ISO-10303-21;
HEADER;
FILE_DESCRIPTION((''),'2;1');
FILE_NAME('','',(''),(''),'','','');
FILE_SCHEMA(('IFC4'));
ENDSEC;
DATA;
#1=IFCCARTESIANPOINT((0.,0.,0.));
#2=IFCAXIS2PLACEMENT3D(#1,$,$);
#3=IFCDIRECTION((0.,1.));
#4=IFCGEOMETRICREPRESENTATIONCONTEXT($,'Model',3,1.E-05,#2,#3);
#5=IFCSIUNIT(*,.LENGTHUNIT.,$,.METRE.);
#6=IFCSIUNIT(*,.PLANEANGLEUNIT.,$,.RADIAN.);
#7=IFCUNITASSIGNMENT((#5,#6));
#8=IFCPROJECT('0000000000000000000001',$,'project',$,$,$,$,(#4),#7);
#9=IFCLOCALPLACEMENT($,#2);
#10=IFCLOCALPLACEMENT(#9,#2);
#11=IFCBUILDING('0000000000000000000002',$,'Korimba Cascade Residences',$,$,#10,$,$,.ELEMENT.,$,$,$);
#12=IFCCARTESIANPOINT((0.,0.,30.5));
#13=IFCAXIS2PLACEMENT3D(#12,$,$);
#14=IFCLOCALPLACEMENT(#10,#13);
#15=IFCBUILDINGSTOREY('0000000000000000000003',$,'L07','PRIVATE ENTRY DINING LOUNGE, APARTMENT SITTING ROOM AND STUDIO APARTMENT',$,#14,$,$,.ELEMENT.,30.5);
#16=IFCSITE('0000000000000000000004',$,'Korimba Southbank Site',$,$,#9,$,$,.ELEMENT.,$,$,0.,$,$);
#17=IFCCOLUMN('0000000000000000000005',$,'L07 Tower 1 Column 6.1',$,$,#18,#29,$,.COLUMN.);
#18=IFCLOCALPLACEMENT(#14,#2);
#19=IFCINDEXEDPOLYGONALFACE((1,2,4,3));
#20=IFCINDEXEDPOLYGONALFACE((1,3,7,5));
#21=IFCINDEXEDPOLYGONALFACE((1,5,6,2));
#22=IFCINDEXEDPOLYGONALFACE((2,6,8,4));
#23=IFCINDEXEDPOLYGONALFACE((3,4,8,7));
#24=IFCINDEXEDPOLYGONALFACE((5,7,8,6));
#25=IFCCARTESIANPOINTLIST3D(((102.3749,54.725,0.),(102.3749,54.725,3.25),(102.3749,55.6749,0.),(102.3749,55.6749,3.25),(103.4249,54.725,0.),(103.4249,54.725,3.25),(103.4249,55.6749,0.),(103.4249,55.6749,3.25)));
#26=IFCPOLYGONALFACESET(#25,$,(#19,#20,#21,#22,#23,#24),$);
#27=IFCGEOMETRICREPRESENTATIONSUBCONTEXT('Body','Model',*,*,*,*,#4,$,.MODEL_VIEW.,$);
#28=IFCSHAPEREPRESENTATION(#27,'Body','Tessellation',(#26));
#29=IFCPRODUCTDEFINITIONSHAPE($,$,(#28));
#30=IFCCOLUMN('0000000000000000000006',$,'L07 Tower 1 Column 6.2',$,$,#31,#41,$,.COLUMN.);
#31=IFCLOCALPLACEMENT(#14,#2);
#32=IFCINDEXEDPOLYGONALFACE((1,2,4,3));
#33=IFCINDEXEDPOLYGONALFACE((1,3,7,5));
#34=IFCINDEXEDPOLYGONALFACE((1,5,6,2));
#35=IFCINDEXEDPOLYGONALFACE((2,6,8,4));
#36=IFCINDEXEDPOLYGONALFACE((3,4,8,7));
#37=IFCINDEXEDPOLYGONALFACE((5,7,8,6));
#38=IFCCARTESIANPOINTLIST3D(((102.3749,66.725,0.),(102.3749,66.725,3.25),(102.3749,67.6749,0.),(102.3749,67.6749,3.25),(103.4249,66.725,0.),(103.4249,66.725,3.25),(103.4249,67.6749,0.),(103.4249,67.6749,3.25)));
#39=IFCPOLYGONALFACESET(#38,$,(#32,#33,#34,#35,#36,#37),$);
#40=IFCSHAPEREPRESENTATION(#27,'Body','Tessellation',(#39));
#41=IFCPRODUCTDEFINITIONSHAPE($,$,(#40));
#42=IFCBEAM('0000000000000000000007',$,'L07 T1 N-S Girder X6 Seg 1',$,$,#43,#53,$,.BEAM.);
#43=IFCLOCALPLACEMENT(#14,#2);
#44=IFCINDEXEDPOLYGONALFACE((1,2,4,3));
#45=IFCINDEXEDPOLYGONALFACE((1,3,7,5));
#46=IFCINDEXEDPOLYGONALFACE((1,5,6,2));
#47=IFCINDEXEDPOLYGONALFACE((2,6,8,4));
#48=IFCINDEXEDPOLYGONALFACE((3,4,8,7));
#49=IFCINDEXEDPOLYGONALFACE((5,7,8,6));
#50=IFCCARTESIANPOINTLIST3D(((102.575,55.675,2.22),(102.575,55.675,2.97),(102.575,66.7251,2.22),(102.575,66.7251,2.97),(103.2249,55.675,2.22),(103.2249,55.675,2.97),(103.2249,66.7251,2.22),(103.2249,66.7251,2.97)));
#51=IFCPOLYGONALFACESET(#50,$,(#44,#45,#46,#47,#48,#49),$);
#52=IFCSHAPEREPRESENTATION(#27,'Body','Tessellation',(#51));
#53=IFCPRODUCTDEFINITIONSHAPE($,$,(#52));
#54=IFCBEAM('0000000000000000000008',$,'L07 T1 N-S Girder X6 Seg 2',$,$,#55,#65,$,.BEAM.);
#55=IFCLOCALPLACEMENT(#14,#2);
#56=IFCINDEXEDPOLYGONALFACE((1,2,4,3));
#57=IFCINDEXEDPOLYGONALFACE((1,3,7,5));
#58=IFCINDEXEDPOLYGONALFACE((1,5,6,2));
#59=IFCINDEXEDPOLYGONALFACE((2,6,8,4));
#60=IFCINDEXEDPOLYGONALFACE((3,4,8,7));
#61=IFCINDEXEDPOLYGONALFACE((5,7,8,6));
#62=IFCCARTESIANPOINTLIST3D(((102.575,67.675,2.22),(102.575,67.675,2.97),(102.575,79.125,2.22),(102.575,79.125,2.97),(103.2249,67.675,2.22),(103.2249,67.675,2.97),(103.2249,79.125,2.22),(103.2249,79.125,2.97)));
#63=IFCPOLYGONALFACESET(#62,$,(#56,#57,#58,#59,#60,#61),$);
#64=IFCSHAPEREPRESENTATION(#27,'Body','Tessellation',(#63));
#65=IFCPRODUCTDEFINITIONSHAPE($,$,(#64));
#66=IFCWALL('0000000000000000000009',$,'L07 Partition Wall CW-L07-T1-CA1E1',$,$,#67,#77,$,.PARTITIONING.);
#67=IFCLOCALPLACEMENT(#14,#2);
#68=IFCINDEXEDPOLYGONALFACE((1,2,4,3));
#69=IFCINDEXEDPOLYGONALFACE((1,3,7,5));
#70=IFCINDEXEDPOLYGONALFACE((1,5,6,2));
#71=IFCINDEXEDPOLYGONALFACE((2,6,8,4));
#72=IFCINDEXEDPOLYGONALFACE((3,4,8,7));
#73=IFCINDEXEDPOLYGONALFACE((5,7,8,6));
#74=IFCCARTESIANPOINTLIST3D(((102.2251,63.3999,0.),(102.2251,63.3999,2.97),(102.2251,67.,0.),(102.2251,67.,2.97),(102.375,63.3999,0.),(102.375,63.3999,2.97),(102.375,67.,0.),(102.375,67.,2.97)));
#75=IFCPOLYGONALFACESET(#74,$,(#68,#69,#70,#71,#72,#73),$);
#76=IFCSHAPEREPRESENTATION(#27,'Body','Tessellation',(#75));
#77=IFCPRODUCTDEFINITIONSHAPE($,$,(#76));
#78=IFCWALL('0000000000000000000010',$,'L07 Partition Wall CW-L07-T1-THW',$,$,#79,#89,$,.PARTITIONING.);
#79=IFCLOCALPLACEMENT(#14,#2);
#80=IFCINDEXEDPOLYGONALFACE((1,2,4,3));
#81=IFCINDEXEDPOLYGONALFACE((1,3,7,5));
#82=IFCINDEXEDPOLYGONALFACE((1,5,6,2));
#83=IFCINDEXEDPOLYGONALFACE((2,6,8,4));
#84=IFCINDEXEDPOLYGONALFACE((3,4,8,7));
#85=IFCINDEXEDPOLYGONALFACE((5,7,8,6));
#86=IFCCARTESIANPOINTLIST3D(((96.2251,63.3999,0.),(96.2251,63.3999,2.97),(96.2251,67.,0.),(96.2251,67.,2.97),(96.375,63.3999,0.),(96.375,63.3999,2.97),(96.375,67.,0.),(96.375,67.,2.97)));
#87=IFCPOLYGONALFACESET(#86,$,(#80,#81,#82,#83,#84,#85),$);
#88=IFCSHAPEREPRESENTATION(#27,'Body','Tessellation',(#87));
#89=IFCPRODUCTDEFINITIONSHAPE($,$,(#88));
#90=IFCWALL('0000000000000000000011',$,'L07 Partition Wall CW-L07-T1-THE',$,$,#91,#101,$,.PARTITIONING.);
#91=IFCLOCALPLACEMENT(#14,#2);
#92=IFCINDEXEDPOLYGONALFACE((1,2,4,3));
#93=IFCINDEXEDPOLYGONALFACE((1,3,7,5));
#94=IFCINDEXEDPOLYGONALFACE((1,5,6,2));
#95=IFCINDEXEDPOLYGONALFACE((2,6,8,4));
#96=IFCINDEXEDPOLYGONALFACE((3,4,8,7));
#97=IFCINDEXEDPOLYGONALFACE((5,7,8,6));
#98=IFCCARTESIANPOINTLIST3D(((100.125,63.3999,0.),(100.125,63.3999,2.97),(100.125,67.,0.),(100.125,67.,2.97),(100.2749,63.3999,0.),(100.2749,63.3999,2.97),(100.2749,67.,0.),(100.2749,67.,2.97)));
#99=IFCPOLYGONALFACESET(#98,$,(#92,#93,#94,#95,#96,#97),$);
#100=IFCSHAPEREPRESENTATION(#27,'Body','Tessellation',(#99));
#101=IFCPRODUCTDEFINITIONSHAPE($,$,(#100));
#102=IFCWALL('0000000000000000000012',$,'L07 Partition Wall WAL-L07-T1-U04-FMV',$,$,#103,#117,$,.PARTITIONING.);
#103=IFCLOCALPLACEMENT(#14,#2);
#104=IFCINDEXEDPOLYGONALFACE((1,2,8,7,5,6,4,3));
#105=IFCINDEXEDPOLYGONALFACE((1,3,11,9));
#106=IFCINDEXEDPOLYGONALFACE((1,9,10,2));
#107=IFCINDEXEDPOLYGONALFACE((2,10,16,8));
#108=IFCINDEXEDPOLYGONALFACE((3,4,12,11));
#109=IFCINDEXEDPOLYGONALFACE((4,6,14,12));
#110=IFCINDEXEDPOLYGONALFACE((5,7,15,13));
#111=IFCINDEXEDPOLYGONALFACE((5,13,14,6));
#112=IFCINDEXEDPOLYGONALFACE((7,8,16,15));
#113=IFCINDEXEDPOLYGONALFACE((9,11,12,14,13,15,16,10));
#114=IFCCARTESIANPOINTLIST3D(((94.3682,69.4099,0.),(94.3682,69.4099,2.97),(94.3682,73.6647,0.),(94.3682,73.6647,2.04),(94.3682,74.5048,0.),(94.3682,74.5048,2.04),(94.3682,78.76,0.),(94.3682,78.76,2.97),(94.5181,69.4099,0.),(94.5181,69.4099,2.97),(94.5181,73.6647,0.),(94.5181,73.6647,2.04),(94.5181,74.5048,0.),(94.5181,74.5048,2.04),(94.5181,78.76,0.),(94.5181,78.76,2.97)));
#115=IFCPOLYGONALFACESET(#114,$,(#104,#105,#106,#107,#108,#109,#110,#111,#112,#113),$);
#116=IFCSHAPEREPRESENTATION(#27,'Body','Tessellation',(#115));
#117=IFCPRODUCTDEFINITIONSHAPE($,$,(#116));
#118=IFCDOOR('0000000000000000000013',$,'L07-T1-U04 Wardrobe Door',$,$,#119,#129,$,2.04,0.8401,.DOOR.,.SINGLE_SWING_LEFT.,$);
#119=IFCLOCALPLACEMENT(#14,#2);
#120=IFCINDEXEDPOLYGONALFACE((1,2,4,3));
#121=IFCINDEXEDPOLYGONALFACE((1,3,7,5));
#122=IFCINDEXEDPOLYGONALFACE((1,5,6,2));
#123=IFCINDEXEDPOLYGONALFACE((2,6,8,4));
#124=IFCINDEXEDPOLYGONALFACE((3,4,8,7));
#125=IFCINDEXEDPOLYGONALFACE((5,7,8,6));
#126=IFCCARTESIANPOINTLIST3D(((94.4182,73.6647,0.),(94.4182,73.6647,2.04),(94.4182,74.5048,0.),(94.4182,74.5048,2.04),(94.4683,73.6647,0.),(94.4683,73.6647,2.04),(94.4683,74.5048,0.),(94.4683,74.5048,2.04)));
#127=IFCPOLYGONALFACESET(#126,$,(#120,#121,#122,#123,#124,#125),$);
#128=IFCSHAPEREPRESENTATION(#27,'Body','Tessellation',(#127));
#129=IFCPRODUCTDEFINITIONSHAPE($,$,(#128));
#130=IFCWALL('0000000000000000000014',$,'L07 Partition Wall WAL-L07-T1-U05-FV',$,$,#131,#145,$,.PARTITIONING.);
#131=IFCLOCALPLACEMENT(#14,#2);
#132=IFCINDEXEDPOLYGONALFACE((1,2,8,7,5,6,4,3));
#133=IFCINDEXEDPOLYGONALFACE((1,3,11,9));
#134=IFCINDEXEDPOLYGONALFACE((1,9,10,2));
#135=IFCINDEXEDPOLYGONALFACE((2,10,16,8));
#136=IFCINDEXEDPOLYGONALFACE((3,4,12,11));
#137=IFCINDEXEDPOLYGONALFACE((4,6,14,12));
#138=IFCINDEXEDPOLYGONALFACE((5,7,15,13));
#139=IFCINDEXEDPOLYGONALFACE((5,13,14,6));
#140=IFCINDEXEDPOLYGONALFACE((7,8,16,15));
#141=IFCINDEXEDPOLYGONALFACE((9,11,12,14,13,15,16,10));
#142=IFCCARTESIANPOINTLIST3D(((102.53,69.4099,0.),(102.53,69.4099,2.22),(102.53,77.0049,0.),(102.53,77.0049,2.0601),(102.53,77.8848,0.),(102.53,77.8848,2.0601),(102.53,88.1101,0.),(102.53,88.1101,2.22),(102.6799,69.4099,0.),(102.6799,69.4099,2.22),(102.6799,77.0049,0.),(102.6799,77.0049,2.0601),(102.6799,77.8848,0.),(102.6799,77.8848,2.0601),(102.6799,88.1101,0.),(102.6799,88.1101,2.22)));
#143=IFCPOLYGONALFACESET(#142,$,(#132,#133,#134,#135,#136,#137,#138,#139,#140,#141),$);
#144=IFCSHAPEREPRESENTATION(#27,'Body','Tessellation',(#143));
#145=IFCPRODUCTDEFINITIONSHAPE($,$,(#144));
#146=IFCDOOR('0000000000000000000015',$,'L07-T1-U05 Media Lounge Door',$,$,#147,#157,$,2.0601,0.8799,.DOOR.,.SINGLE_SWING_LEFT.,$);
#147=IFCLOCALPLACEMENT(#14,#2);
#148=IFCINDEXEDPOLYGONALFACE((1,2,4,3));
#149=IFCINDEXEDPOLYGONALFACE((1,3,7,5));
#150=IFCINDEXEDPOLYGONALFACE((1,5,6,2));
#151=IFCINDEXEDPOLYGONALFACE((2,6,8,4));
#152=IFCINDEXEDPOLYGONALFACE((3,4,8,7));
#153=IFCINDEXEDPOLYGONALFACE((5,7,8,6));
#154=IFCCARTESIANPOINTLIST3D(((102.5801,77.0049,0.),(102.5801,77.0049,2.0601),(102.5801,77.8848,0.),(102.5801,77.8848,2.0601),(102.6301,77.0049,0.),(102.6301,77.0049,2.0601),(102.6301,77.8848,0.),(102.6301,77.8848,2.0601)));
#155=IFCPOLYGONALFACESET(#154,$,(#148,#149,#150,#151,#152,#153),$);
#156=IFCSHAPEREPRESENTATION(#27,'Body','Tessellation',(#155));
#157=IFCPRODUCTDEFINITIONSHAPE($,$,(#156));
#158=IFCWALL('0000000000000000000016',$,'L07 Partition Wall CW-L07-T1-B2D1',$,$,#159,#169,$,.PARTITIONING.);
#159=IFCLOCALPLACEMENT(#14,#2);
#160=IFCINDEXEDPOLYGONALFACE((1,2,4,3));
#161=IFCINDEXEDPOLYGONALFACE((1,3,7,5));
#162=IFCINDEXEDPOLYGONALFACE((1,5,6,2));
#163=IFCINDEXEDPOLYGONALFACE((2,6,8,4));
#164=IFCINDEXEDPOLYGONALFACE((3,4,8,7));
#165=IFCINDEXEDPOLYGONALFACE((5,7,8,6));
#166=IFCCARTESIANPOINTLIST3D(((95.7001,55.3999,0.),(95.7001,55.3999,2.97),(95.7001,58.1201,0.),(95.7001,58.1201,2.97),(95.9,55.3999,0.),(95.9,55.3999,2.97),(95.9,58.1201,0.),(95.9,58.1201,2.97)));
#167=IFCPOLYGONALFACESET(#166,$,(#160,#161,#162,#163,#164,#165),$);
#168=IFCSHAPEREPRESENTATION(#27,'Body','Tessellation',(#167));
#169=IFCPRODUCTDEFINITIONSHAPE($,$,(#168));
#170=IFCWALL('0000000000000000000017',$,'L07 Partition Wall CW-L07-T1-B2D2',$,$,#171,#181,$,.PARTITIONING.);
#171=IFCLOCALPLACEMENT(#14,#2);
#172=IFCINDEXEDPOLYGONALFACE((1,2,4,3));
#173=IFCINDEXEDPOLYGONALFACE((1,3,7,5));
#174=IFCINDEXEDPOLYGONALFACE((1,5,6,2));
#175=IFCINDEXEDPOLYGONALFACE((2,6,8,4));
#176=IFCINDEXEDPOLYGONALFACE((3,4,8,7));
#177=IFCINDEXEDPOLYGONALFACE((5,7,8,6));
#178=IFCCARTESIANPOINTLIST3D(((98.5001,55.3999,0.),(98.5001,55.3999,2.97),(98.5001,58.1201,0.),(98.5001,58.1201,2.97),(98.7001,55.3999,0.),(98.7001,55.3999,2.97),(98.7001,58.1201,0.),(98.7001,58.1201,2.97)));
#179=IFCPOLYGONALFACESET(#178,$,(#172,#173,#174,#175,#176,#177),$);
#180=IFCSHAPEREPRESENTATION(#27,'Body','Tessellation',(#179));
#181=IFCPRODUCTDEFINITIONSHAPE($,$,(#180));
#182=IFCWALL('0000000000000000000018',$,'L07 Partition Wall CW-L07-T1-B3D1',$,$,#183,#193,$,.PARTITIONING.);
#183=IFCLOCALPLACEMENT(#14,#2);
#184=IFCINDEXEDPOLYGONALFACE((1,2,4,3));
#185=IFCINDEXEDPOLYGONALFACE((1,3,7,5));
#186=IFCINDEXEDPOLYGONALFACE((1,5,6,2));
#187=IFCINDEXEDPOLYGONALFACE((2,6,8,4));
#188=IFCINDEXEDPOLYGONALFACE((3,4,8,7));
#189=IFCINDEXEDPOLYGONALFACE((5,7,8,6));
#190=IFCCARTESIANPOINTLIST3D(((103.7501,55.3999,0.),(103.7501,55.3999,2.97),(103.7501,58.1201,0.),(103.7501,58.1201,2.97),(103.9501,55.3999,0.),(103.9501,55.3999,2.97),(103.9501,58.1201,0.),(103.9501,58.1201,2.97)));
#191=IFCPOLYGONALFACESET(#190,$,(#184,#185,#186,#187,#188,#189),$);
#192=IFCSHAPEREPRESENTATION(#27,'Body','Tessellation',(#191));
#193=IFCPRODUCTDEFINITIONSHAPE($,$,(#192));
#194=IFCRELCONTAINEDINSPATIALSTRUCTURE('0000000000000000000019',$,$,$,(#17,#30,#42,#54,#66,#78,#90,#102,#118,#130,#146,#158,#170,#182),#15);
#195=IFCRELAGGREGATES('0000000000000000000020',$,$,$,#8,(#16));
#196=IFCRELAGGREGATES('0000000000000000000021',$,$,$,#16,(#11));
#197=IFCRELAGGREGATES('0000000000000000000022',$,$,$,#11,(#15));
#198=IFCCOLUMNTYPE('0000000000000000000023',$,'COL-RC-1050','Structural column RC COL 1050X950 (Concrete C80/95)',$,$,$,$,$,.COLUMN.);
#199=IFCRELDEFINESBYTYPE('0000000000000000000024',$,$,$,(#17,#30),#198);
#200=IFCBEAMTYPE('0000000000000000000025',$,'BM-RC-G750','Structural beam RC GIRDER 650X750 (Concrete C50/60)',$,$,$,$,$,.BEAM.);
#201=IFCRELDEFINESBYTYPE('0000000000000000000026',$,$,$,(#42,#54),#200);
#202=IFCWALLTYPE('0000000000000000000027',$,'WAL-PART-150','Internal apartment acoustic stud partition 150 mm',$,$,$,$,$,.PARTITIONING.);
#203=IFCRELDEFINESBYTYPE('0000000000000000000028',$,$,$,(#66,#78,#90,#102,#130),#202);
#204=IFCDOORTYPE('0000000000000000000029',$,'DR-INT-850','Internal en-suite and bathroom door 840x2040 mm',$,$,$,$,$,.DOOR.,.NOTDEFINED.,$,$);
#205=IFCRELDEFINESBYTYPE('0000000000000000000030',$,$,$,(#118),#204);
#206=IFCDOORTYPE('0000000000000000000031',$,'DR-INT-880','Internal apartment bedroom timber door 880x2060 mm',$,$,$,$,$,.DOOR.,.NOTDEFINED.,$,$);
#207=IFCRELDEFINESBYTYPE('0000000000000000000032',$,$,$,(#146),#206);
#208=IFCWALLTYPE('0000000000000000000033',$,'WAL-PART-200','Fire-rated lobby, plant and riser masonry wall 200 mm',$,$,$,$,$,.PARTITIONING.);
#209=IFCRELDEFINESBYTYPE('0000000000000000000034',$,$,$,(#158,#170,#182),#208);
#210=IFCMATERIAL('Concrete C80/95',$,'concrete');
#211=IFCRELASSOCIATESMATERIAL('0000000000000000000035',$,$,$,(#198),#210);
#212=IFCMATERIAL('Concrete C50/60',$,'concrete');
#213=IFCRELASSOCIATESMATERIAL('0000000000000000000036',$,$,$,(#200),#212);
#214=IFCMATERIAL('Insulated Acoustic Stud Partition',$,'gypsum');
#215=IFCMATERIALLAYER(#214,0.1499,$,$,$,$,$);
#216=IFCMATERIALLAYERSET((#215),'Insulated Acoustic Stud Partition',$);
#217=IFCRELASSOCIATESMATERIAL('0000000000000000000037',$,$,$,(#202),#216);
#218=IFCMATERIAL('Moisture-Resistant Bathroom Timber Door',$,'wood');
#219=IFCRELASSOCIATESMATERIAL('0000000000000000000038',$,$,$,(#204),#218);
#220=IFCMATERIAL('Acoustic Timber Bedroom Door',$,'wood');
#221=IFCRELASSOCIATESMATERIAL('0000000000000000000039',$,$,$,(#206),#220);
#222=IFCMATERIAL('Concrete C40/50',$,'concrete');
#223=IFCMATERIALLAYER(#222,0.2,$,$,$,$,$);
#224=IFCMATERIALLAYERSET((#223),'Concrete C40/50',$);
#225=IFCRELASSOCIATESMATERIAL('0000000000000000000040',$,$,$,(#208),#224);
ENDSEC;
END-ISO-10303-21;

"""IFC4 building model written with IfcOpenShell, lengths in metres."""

from ifc_helpers import new_model, si_unit, direction, frame, frame_2d, origin, origin_2d, place, context, subcontext, project, spatial, rectangle, extrude, material, layer, layer_set, material_profile, profile_set, type_object, element, fill, save


model = new_model("IFC4")

# Units and contexts
model_context = context("Model", 3, precision=1e-05, world=origin(), true_north=direction((0.0, 1.0)))
body_context = subcontext(model_context, "Body", "Model", "MODEL_VIEW")
ifc_project = project(units=[si_unit("LENGTHUNIT", "METRE"), si_unit("PLANEANGLEUNIT", "RADIAN")], contexts=[model_context])

# Site, building, storey
site_placement = place(None, origin())
site = spatial("IfcSite", under=ifc_project, at=site_placement, Name="Korimba Southbank Site", CompositionType="ELEMENT", RefElevation=0.0)
building_placement = place(site_placement, origin())
building = spatial("IfcBuilding", under=site, at=building_placement, Name="Korimba Cascade Residences", CompositionType="ELEMENT")
storey_placement = place(building_placement, frame((0.0, 0.0, 30.5)))
storey = spatial("IfcBuildingStorey", under=building, at=storey_placement, Name="L07", Description="PRIVATE ENTRY DINING LOUNGE, APARTMENT SITTING ROOM AND STUDIO APARTMENT", CompositionType="ELEMENT", Elevation=30.5)

# Columns
ifc_material_1 = material(Name="Concrete C80/95", Category="concrete")
ifc_material_profile_1 = material_profile(ifc_material_1, rectangle(XDim=1.05, YDim=0.95, at=origin_2d()), Name="Concrete C80/95")
ifc_profile_set_1 = profile_set([ifc_material_profile_1], Name="Concrete C80/95")
column_type = type_object("IfcColumnType", Name="COL-RC-1050", Description="Structural column RC COL 1050X950 (Concrete C80/95)", PredefinedType="COLUMN", material=ifc_profile_set_1)
for number, where, z_axis, x_axis, name in (
    (1, (102.8999, 55.2, 0.0), (0.0, 0.0, 1.0), (1.0, 0.0, 0.0), "L07 Tower 1 Column 6.1"),
    (2, (102.8999, 67.2, 0.0), (0.0, 0.0, 1.0), (1.0, 0.0, 0.0), "L07 Tower 1 Column 6.2"),
):
    element("IfcColumn", number, at=place(storey_placement, frame(where, z_axis=z_axis, x_axis=x_axis)), inside=storey, type_object=column_type, Name=name, PredefinedType="COLUMN", context=body_context, shape_type="SweptSolid", body=[
        extrude(rectangle(XDim=1.05, YDim=0.95, at=origin_2d()), origin(), (0.0, 0.0, 1.0), 3.25),
    ])

# Beams
ifc_material_2 = material(Name="Concrete C50/60", Category="concrete")
ifc_material_profile_2 = material_profile(ifc_material_2, rectangle(XDim=0.6499, YDim=0.75, at=origin_2d()), Name="Concrete C50/60")
ifc_profile_set_2 = profile_set([ifc_material_profile_2], Name="Concrete C50/60")
beam_type = type_object("IfcBeamType", Name="BM-RC-G750", Description="Structural beam RC GIRDER 650X750 (Concrete C50/60)", PredefinedType="BEAM", material=ifc_profile_set_2)
beam_1_placement = place(storey_placement, frame((102.8999, 55.675, 2.595), z_axis=(0.0, 1.0, 0.0), x_axis=(-1.0, 0.0, 0.0)))
element("IfcBeam", 3, at=beam_1_placement, inside=storey, type_object=beam_type, Name="L07 T1 N-S Girder X6 Seg 1", PredefinedType="BEAM", context=body_context, shape_type="SweptSolid", body=[
    extrude(rectangle(XDim=0.6499, YDim=0.75, at=origin_2d()), origin(), (0.0, 0.0, 1.0), 11.05),
])
beam_2_placement = place(storey_placement, frame((102.8999, 67.675, 2.595), z_axis=(0.0, 1.0, 0.0), x_axis=(-1.0, 0.0, 0.0)))
element("IfcBeam", 4, at=beam_2_placement, inside=storey, type_object=beam_type, Name="L07 T1 N-S Girder X6 Seg 2", PredefinedType="BEAM", context=body_context, shape_type="SweptSolid", body=[
    extrude(rectangle(XDim=0.6499, YDim=0.75, at=origin_2d()), origin(), (0.0, 0.0, 1.0), 11.45),
])

# Walls
ifc_material_3 = material(Name="Insulated Acoustic Stud Partition", Category="gypsum")
ifc_layer_1 = layer(ifc_material_3, 0.1499)
ifc_layer_set_1 = layer_set([ifc_layer_1], Name="Insulated Acoustic Stud Partition")
wall_type_1 = type_object("IfcWallType", Name="WAL-PART-150", Description="Internal apartment acoustic stud partition 150 mm", PredefinedType="PARTITIONING", material=ifc_layer_set_1)
for number, where, z_axis, x_axis, name in (
    (5, (102.3, 63.3999, 0.0), (0.0, 0.0, 1.0), (0.0, 1.0, 0.0), "L07 Partition Wall CW-L07-T1-CA1E1"),
    (6, (96.3, 63.3999, 0.0), (0.0, 0.0, 1.0), (0.0, 1.0, 0.0), "L07 Partition Wall CW-L07-T1-THW"),
    (7, (100.2, 63.3999, 0.0), (0.0, 0.0, 1.0), (0.0, 1.0, 0.0), "L07 Partition Wall CW-L07-T1-THE"),
):
    element("IfcWall", number, at=place(storey_placement, frame(where, z_axis=z_axis, x_axis=x_axis)), inside=storey, type_object=wall_type_1, Name=name, PredefinedType="PARTITIONING", context=body_context, shape_type="SweptSolid", body=[
        extrude(rectangle(XDim=3.6001, YDim=0.1499, at=frame_2d((1.8, 0.0))), origin(), (0.0, 0.0, 1.0), 2.97),
    ])

# Walls, openings, doors
wall_1_placement = place(storey_placement, frame((94.4431, 69.4099, 0.0), z_axis=(0.0, 0.0, 1.0), x_axis=(0.0, 1.0, 0.0)))
wall_1 = element("IfcWall", 8, at=wall_1_placement, inside=storey, type_object=wall_type_1, Name="L07 Partition Wall WAL-L07-T1-U04-FMV", PredefinedType="PARTITIONING", context=body_context, shape_type="SweptSolid", body=[
    extrude(rectangle(XDim=9.3501, YDim=0.1499, at=frame_2d((4.675, 0.0))), origin(), (0.0, 0.0, 1.0), 2.97),
])
opening_1_placement = place(wall_1_placement, frame((4.2549, 0.0, 0.0)))
opening_1 = element("IfcOpeningElement", 9, at=opening_1_placement, cuts=wall_1, PredefinedType="OPENING", context=body_context, shape_type="SweptSolid", body=[
    extrude(rectangle(XDim=0.8401, YDim=2.04, at=frame_2d((0.4199, 1.02))), frame((0.0, 0.085, 0.0), z_axis=(0.0, -1.0, 0.0), x_axis=(1.0, 0.0, 0.0)), (0.0, 0.0, 1.0), 0.1699),
])
ifc_material_4 = material(Name="Moisture-Resistant Bathroom Timber Door", Category="wood")
door_type_1 = type_object("IfcDoorType", Name="DR-INT-850", Description="Internal en-suite and bathroom door 840x2040 mm", OperationType="NOTDEFINED", PredefinedType="DOOR", material=ifc_material_4)
door_1_placement = place(opening_1_placement, origin())
door_1 = element("IfcDoor", 10, at=door_1_placement, inside=storey, type_object=door_type_1, Name="L07-T1-U04 Wardrobe Door", OperationType="SINGLE_SWING_LEFT", OverallHeight=2.04, OverallWidth=0.8401, PredefinedType="DOOR", context=body_context, shape_type="SweptSolid", body=[
    extrude(rectangle(XDim=0.8401, YDim=2.04, at=frame_2d((0.4199, 1.02))), frame((0.0, 0.0249, 0.0), z_axis=(0.0, -1.0, 0.0), x_axis=(1.0, 0.0, 0.0)), (0.0, 0.0, 1.0), 0.05),
])
fill(opening_1, door_1)
wall_2_placement = place(storey_placement, frame((102.605, 69.4099, 0.0), z_axis=(0.0, 0.0, 1.0), x_axis=(0.0, 1.0, 0.0)))
wall_2 = element("IfcWall", 11, at=wall_2_placement, inside=storey, type_object=wall_type_1, Name="L07 Partition Wall WAL-L07-T1-U05-FV", PredefinedType="PARTITIONING", context=body_context, shape_type="SweptSolid", body=[
    extrude(rectangle(XDim=18.7002, YDim=0.1499, at=frame_2d((9.3501, 0.0))), origin(), (0.0, 0.0, 1.0), 2.22),
])
opening_2_placement = place(wall_2_placement, frame((7.595, 0.0, 0.0)))
opening_2 = element("IfcOpeningElement", 12, at=opening_2_placement, cuts=wall_2, PredefinedType="OPENING", context=body_context, shape_type="SweptSolid", body=[
    extrude(rectangle(XDim=0.8799, YDim=2.0601, at=frame_2d((0.4399, 1.03))), frame((0.0, 0.085, 0.0), z_axis=(0.0, -1.0, 0.0), x_axis=(1.0, 0.0, 0.0)), (0.0, 0.0, 1.0), 0.1699),
])
ifc_material_5 = material(Name="Acoustic Timber Bedroom Door", Category="wood")
door_type_2 = type_object("IfcDoorType", Name="DR-INT-880", Description="Internal apartment bedroom timber door 880x2060 mm", OperationType="NOTDEFINED", PredefinedType="DOOR", material=ifc_material_5)
door_2_placement = place(opening_2_placement, origin())
door_2 = element("IfcDoor", 13, at=door_2_placement, inside=storey, type_object=door_type_2, Name="L07-T1-U05 Media Lounge Door", OperationType="SINGLE_SWING_LEFT", OverallHeight=2.0601, OverallWidth=0.8799, PredefinedType="DOOR", context=body_context, shape_type="SweptSolid", body=[
    extrude(rectangle(XDim=0.8799, YDim=2.0601, at=frame_2d((0.4399, 1.03))), frame((0.0, 0.0249, 0.0), z_axis=(0.0, -1.0, 0.0), x_axis=(1.0, 0.0, 0.0)), (0.0, 0.0, 1.0), 0.05),
])
fill(opening_2, door_2)

# Walls
ifc_material_6 = material(Name="Concrete C40/50", Category="concrete")
ifc_layer_2 = layer(ifc_material_6, 0.2)
ifc_layer_set_2 = layer_set([ifc_layer_2], Name="Concrete C40/50")
wall_type_2 = type_object("IfcWallType", Name="WAL-PART-200", Description="Fire-rated lobby, plant and riser masonry wall 200 mm", PredefinedType="PARTITIONING", material=ifc_layer_set_2)
for number, where, z_axis, x_axis, name in (
    (14, (95.8, 55.3999, 0.0), (0.0, 0.0, 1.0), (0.0, 1.0, 0.0), "L07 Partition Wall CW-L07-T1-B2D1"),
    (15, (98.6001, 55.3999, 0.0), (0.0, 0.0, 1.0), (0.0, 1.0, 0.0), "L07 Partition Wall CW-L07-T1-B2D2"),
    (16, (103.8501, 55.3999, 0.0), (0.0, 0.0, 1.0), (0.0, 1.0, 0.0), "L07 Partition Wall CW-L07-T1-B3D1"),
):
    element("IfcWall", number, at=place(storey_placement, frame(where, z_axis=z_axis, x_axis=x_axis)), inside=storey, type_object=wall_type_2, Name=name, PredefinedType="PARTITIONING", context=body_context, shape_type="SweptSolid", body=[
        extrude(rectangle(XDim=2.7202, YDim=0.2, at=frame_2d((1.3601, 0.0))), origin(), (0.0, 0.0, 1.0), 2.97),
    ])

save(model, "model.ifc")
